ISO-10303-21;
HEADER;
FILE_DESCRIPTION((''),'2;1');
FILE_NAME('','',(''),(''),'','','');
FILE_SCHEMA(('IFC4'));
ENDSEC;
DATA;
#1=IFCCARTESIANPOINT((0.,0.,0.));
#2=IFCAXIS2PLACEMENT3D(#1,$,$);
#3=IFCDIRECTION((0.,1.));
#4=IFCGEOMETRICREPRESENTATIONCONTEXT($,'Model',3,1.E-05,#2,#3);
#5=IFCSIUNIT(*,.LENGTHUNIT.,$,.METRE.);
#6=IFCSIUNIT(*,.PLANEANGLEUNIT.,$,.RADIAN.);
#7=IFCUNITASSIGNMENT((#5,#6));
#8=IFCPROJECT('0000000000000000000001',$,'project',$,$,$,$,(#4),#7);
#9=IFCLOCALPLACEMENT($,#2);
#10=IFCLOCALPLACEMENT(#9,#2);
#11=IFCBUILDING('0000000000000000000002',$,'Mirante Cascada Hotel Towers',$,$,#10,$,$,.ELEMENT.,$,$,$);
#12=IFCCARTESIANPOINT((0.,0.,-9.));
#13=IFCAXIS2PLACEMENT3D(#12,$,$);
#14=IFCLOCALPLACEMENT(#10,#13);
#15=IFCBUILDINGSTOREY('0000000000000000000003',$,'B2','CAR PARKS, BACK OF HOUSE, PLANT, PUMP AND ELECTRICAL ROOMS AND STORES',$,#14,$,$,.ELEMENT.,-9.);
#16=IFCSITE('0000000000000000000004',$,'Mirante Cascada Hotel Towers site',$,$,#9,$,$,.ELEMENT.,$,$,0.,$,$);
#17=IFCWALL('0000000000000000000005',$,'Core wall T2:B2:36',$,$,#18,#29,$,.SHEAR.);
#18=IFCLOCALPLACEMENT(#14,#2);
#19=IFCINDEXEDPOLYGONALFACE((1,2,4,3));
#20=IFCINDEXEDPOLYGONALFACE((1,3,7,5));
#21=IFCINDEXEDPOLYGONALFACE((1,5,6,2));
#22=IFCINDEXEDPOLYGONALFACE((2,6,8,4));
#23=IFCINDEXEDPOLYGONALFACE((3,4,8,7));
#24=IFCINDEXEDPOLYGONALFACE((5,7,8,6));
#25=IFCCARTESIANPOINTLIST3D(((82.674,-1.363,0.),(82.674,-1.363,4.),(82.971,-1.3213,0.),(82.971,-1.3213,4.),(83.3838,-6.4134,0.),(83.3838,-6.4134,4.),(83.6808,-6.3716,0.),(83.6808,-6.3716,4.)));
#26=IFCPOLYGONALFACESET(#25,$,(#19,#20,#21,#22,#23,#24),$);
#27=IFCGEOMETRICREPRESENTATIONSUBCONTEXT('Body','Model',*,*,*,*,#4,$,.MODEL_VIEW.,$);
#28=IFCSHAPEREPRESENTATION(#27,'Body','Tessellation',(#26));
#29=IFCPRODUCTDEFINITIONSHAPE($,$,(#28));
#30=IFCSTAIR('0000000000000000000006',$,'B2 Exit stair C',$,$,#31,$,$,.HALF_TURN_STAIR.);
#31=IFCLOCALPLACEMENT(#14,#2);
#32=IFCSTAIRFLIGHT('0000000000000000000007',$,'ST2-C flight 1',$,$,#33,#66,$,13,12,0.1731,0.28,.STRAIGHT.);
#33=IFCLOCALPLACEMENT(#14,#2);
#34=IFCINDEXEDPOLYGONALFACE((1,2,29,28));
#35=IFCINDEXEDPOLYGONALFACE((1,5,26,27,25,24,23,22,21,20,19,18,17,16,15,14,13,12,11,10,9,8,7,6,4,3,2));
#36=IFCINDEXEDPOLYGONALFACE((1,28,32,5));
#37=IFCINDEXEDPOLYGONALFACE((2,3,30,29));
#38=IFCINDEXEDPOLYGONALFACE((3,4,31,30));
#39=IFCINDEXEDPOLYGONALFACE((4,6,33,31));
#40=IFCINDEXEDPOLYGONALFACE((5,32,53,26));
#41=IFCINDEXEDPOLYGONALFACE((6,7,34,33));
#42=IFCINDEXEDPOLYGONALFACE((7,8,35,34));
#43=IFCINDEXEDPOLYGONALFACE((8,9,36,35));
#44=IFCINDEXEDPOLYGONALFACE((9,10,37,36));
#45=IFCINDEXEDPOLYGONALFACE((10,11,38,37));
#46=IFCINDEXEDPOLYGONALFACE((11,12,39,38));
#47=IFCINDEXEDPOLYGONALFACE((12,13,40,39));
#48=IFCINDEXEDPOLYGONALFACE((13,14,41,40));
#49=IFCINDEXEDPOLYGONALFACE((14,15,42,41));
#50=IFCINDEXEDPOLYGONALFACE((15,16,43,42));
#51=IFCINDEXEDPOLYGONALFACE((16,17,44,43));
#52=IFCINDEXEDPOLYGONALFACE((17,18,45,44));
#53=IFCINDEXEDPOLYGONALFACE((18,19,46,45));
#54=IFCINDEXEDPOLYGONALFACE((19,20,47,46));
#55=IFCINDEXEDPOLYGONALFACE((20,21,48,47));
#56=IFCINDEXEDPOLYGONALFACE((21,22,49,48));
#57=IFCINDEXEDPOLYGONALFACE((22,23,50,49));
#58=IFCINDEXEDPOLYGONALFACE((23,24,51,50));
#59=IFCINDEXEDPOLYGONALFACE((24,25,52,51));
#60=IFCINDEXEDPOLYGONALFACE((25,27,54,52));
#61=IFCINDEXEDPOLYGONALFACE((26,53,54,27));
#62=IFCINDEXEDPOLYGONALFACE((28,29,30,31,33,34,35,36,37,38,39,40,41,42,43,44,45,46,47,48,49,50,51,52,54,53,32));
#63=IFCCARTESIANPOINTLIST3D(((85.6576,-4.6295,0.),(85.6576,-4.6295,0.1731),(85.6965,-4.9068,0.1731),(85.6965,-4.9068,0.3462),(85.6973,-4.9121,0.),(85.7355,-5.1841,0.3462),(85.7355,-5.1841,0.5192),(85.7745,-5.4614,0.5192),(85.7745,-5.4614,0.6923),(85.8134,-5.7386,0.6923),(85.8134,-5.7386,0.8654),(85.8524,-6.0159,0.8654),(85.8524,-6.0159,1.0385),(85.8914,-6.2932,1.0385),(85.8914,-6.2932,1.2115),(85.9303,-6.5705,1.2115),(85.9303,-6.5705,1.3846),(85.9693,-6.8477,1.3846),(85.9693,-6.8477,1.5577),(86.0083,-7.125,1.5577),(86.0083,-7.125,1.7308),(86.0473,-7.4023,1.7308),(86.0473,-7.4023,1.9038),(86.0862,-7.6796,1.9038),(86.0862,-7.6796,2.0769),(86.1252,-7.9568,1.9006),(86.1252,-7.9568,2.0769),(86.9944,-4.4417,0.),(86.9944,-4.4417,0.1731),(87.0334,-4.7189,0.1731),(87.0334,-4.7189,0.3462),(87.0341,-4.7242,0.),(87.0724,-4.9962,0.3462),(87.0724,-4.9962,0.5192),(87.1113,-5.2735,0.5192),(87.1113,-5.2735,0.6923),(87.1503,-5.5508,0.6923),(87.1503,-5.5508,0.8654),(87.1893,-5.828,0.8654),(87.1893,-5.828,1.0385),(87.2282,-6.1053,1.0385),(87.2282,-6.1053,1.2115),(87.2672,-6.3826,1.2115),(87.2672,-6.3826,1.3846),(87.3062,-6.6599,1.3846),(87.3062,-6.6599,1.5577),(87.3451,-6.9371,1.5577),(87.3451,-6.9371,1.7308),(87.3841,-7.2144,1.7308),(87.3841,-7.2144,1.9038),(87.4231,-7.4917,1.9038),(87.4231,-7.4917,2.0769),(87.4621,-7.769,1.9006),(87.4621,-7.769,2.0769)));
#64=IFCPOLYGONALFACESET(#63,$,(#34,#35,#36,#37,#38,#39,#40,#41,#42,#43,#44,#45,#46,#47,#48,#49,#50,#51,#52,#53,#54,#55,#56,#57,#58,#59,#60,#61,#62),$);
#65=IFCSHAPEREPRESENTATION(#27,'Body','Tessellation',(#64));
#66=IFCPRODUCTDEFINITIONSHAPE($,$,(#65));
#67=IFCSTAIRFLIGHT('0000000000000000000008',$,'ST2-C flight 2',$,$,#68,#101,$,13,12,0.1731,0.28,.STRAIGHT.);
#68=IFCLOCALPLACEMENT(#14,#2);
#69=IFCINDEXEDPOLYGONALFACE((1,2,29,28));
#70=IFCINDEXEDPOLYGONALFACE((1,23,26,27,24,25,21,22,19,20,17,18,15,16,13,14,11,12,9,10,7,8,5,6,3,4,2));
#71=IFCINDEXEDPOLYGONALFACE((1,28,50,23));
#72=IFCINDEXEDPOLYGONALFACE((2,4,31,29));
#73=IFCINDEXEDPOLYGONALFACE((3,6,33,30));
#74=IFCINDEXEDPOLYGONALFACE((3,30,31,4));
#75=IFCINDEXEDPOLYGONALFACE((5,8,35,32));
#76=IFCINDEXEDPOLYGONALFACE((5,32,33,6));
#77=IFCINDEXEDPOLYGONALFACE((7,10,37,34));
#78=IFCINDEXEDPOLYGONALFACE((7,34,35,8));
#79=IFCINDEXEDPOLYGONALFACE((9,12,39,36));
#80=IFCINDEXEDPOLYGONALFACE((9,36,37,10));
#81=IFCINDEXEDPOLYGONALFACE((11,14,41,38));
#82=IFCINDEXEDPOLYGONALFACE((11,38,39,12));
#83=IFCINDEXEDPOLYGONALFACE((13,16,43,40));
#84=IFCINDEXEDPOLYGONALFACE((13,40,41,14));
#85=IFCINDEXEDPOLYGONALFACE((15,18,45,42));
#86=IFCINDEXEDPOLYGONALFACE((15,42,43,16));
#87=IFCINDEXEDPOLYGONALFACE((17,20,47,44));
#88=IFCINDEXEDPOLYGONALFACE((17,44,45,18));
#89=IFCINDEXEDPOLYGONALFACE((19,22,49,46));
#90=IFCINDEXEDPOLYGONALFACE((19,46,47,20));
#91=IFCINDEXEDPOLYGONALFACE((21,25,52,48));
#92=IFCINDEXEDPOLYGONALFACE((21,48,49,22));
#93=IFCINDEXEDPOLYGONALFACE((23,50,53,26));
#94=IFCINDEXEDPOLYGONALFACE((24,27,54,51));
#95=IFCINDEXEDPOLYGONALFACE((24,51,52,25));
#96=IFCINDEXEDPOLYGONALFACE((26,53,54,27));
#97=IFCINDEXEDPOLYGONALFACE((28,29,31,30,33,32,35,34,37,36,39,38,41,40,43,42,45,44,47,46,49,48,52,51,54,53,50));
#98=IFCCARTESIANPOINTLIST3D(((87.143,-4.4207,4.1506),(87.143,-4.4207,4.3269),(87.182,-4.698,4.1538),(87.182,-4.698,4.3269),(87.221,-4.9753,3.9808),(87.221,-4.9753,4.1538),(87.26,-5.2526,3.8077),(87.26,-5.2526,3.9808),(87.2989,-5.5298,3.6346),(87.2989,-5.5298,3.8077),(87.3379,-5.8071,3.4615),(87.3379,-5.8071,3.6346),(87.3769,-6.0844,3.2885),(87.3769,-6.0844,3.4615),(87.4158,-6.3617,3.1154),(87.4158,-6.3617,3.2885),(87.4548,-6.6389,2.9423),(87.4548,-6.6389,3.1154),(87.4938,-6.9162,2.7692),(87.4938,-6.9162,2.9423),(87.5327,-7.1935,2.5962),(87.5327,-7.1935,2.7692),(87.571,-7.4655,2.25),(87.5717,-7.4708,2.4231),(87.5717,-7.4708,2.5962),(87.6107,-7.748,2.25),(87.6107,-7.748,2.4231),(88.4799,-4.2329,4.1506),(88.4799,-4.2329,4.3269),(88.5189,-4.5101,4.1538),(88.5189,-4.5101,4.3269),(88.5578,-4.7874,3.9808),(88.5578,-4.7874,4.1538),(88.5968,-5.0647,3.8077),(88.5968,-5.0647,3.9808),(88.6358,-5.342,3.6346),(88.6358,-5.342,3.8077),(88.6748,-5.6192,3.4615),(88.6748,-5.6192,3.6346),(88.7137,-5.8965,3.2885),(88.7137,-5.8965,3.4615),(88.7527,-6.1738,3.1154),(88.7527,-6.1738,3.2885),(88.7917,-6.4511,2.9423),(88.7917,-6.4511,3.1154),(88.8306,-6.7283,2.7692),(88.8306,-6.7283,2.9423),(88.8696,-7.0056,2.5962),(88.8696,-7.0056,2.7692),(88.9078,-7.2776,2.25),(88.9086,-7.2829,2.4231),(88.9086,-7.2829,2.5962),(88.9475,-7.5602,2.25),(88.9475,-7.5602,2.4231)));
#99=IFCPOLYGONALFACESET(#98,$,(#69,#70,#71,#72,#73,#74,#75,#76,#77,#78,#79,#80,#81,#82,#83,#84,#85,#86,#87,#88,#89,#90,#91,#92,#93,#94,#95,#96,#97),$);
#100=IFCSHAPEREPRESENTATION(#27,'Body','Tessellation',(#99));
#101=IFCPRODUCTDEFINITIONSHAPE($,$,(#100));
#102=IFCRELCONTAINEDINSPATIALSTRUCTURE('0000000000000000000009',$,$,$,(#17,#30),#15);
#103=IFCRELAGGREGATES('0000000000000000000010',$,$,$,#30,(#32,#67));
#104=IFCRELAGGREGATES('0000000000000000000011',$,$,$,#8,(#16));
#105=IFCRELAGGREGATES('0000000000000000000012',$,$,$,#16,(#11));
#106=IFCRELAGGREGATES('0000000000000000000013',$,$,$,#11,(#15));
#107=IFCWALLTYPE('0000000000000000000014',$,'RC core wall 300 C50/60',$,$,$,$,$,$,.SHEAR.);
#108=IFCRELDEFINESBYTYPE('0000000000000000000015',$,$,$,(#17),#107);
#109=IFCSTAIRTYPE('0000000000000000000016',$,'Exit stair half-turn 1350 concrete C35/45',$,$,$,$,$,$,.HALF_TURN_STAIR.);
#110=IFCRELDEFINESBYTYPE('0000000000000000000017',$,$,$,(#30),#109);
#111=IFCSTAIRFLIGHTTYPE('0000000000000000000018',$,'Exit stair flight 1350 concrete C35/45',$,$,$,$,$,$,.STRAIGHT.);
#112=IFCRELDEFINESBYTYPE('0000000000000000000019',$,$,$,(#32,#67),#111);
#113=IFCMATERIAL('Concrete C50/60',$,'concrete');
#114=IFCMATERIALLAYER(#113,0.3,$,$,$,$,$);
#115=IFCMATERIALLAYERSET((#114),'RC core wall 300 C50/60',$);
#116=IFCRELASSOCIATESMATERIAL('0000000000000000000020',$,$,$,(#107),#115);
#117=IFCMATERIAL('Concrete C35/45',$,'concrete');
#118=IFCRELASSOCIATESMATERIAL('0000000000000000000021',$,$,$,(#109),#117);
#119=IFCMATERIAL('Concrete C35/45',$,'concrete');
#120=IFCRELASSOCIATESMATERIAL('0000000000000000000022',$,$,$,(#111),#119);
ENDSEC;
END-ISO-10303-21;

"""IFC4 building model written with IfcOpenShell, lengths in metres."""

from ifc_helpers import new_model, si_unit, direction, frame, frame_2d, origin, place, context, subcontext, project, spatial, polyline, rectangle, outline, extrude, material, layer, layer_set, type_object, element, aggregate, save


model = new_model("IFC4")

# Units and contexts
model_context = context("Model", 3, precision=1e-05, world=origin(), true_north=direction((0.0, 1.0)))
body_context = subcontext(model_context, "Body", "Model", "MODEL_VIEW")
ifc_project = project(units=[si_unit("LENGTHUNIT", "METRE"), si_unit("PLANEANGLEUNIT", "RADIAN")], contexts=[model_context])

# Site, building, storey
site_placement = place(None, origin())
site = spatial("IfcSite", under=ifc_project, at=site_placement, Name="Mirante Cascada Hotel Towers site", CompositionType="ELEMENT", RefElevation=0.0)
building_placement = place(site_placement, origin())
building = spatial("IfcBuilding", under=site, at=building_placement, Name="Mirante Cascada Hotel Towers", CompositionType="ELEMENT")
storey_placement = place(building_placement, frame((0.0, 0.0, -9.0)))
storey = spatial("IfcBuildingStorey", under=building, at=storey_placement, Name="B2", Description="CAR PARKS, BACK OF HOUSE, PLANT, PUMP AND ELECTRICAL ROOMS AND STORES", CompositionType="ELEMENT", Elevation=-9.0)

# Shared definitions
ifc_material_1 = material(Name="Concrete C50/60", Category="concrete")
ifc_layer = layer(ifc_material_1, 0.3)
ifc_layer_set = layer_set([ifc_layer], Name="RC core wall 300 C50/60")
wall_type = type_object("IfcWallType", Name="RC core wall 300 C50/60", PredefinedType="SHEAR", material=ifc_layer_set)

# Wall
wall_1_placement = place(storey_placement, frame((83.5323, -6.3925, 0.0), z_axis=(0.0, 0.0, 1.0), x_axis=(-0.139176, 0.990268, 0.0)))
element("IfcWall", 1, at=wall_1_placement, inside=storey, type_object=wall_type, Name="Core wall T2:B2:36", PredefinedType="SHEAR", context=body_context, shape_type="SweptSolid", body=[
    extrude(rectangle(XDim=5.1, YDim=0.3, at=frame_2d((2.55, 0.0))), origin(), (0.0, 0.0, 1.0), 4.0),
])

# Stair, stair flights
ifc_material_2 = material(Name="Concrete C35/45", Category="concrete")
stair_type = type_object("IfcStairType", Name="Exit stair half-turn 1350 concrete C35/45", PredefinedType="HALF_TURN_STAIR", material=ifc_material_2)
stair_placement = place(storey_placement, origin())
stair = element("IfcStair", 2, at=stair_placement, inside=storey, type_object=stair_type, Name="B2 Exit stair C", PredefinedType="HALF_TURN_STAIR")
ifc_material_3 = material(Name="Concrete C35/45", Category="concrete")
stair_flight_type = type_object("IfcStairFlightType", Name="Exit stair flight 1350 concrete C35/45", PredefinedType="STRAIGHT", material=ifc_material_3)
stair_flight_1_placement = place(storey_placement, frame((86.326, -4.5356, 0.0), z_axis=(0.0, 0.0, 1.0), x_axis=(0.139173, -0.990268, 0.0)))
stair_flight_1 = element("IfcStairFlight", 3, at=stair_flight_1_placement, type_object=stair_flight_type, Name="ST2-C flight 1", NumberOfRisers=13, NumberOfTreads=12, PredefinedType="STRAIGHT", RiserHeight=0.1731, TreadLength=0.28, context=body_context, shape_type="SweptSolid", body=[
    extrude(outline(polyline([(0.0, 0.0), (0.0, 0.1731), (0.28, 0.1731), (0.28, 0.3462), (0.56, 0.3462), (0.56, 0.5192), (0.84, 0.5192), (0.84, 0.6923), (1.12, 0.6923), (1.12, 0.8654), (1.4, 0.8654), (1.4, 1.0385), (1.68, 1.0385), (1.68, 1.2115), (1.96, 1.2115), (1.96, 1.3846), (2.24, 1.3846), (2.24, 1.5577), (2.52, 1.5577), (2.52, 1.7308), (2.8, 1.7308), (2.8, 1.9038), (3.08, 1.9038), (3.08, 2.0769), (3.36, 2.0769), (3.36, 2.25), (3.36, 1.9006), (0.2853, 0.0), (0.0, 0.0)])), frame((0.0, 0.675, 0.0), z_axis=(0.0, -1.0, 0.0), x_axis=(1.0, 0.0, 0.0)), (0.0, 0.0, 1.0), 1.35),
])
stair_flight_2_placement = place(storey_placement, frame((88.2791, -7.6541, 2.25), z_axis=(0.0, 0.0, 1.0), x_axis=(-0.139173, 0.990268, 0.0)))
stair_flight_2 = element("IfcStairFlight", 4, at=stair_flight_2_placement, type_object=stair_flight_type, Name="ST2-C flight 2", NumberOfRisers=13, NumberOfTreads=12, PredefinedType="STRAIGHT", RiserHeight=0.1731, TreadLength=0.28, context=body_context, shape_type="SweptSolid", body=[
    extrude(outline(polyline([(0.0, 0.0), (0.0, 0.1731), (0.28, 0.1731), (0.28, 0.3462), (0.56, 0.3462), (0.56, 0.5192), (0.84, 0.5192), (0.84, 0.6923), (1.12, 0.6923), (1.12, 0.8654), (1.4, 0.8654), (1.4, 1.0385), (1.68, 1.0385), (1.68, 1.2115), (1.96, 1.2115), (1.96, 1.3846), (2.24, 1.3846), (2.24, 1.5577), (2.52, 1.5577), (2.52, 1.7308), (2.8, 1.7308), (2.8, 1.9038), (3.08, 1.9038), (3.08, 2.0769), (3.36, 2.0769), (3.36, 2.25), (3.36, 1.9006), (0.2853, 0.0), (0.0, 0.0)])), frame((0.0, 0.675, 0.0), z_axis=(0.0, -1.0, 0.0), x_axis=(1.0, 0.0, 0.0)), (0.0, 0.0, 1.0), 1.35),
])
aggregate(stair, [stair_flight_1, stair_flight_2])

save(model, "model.ifc")
